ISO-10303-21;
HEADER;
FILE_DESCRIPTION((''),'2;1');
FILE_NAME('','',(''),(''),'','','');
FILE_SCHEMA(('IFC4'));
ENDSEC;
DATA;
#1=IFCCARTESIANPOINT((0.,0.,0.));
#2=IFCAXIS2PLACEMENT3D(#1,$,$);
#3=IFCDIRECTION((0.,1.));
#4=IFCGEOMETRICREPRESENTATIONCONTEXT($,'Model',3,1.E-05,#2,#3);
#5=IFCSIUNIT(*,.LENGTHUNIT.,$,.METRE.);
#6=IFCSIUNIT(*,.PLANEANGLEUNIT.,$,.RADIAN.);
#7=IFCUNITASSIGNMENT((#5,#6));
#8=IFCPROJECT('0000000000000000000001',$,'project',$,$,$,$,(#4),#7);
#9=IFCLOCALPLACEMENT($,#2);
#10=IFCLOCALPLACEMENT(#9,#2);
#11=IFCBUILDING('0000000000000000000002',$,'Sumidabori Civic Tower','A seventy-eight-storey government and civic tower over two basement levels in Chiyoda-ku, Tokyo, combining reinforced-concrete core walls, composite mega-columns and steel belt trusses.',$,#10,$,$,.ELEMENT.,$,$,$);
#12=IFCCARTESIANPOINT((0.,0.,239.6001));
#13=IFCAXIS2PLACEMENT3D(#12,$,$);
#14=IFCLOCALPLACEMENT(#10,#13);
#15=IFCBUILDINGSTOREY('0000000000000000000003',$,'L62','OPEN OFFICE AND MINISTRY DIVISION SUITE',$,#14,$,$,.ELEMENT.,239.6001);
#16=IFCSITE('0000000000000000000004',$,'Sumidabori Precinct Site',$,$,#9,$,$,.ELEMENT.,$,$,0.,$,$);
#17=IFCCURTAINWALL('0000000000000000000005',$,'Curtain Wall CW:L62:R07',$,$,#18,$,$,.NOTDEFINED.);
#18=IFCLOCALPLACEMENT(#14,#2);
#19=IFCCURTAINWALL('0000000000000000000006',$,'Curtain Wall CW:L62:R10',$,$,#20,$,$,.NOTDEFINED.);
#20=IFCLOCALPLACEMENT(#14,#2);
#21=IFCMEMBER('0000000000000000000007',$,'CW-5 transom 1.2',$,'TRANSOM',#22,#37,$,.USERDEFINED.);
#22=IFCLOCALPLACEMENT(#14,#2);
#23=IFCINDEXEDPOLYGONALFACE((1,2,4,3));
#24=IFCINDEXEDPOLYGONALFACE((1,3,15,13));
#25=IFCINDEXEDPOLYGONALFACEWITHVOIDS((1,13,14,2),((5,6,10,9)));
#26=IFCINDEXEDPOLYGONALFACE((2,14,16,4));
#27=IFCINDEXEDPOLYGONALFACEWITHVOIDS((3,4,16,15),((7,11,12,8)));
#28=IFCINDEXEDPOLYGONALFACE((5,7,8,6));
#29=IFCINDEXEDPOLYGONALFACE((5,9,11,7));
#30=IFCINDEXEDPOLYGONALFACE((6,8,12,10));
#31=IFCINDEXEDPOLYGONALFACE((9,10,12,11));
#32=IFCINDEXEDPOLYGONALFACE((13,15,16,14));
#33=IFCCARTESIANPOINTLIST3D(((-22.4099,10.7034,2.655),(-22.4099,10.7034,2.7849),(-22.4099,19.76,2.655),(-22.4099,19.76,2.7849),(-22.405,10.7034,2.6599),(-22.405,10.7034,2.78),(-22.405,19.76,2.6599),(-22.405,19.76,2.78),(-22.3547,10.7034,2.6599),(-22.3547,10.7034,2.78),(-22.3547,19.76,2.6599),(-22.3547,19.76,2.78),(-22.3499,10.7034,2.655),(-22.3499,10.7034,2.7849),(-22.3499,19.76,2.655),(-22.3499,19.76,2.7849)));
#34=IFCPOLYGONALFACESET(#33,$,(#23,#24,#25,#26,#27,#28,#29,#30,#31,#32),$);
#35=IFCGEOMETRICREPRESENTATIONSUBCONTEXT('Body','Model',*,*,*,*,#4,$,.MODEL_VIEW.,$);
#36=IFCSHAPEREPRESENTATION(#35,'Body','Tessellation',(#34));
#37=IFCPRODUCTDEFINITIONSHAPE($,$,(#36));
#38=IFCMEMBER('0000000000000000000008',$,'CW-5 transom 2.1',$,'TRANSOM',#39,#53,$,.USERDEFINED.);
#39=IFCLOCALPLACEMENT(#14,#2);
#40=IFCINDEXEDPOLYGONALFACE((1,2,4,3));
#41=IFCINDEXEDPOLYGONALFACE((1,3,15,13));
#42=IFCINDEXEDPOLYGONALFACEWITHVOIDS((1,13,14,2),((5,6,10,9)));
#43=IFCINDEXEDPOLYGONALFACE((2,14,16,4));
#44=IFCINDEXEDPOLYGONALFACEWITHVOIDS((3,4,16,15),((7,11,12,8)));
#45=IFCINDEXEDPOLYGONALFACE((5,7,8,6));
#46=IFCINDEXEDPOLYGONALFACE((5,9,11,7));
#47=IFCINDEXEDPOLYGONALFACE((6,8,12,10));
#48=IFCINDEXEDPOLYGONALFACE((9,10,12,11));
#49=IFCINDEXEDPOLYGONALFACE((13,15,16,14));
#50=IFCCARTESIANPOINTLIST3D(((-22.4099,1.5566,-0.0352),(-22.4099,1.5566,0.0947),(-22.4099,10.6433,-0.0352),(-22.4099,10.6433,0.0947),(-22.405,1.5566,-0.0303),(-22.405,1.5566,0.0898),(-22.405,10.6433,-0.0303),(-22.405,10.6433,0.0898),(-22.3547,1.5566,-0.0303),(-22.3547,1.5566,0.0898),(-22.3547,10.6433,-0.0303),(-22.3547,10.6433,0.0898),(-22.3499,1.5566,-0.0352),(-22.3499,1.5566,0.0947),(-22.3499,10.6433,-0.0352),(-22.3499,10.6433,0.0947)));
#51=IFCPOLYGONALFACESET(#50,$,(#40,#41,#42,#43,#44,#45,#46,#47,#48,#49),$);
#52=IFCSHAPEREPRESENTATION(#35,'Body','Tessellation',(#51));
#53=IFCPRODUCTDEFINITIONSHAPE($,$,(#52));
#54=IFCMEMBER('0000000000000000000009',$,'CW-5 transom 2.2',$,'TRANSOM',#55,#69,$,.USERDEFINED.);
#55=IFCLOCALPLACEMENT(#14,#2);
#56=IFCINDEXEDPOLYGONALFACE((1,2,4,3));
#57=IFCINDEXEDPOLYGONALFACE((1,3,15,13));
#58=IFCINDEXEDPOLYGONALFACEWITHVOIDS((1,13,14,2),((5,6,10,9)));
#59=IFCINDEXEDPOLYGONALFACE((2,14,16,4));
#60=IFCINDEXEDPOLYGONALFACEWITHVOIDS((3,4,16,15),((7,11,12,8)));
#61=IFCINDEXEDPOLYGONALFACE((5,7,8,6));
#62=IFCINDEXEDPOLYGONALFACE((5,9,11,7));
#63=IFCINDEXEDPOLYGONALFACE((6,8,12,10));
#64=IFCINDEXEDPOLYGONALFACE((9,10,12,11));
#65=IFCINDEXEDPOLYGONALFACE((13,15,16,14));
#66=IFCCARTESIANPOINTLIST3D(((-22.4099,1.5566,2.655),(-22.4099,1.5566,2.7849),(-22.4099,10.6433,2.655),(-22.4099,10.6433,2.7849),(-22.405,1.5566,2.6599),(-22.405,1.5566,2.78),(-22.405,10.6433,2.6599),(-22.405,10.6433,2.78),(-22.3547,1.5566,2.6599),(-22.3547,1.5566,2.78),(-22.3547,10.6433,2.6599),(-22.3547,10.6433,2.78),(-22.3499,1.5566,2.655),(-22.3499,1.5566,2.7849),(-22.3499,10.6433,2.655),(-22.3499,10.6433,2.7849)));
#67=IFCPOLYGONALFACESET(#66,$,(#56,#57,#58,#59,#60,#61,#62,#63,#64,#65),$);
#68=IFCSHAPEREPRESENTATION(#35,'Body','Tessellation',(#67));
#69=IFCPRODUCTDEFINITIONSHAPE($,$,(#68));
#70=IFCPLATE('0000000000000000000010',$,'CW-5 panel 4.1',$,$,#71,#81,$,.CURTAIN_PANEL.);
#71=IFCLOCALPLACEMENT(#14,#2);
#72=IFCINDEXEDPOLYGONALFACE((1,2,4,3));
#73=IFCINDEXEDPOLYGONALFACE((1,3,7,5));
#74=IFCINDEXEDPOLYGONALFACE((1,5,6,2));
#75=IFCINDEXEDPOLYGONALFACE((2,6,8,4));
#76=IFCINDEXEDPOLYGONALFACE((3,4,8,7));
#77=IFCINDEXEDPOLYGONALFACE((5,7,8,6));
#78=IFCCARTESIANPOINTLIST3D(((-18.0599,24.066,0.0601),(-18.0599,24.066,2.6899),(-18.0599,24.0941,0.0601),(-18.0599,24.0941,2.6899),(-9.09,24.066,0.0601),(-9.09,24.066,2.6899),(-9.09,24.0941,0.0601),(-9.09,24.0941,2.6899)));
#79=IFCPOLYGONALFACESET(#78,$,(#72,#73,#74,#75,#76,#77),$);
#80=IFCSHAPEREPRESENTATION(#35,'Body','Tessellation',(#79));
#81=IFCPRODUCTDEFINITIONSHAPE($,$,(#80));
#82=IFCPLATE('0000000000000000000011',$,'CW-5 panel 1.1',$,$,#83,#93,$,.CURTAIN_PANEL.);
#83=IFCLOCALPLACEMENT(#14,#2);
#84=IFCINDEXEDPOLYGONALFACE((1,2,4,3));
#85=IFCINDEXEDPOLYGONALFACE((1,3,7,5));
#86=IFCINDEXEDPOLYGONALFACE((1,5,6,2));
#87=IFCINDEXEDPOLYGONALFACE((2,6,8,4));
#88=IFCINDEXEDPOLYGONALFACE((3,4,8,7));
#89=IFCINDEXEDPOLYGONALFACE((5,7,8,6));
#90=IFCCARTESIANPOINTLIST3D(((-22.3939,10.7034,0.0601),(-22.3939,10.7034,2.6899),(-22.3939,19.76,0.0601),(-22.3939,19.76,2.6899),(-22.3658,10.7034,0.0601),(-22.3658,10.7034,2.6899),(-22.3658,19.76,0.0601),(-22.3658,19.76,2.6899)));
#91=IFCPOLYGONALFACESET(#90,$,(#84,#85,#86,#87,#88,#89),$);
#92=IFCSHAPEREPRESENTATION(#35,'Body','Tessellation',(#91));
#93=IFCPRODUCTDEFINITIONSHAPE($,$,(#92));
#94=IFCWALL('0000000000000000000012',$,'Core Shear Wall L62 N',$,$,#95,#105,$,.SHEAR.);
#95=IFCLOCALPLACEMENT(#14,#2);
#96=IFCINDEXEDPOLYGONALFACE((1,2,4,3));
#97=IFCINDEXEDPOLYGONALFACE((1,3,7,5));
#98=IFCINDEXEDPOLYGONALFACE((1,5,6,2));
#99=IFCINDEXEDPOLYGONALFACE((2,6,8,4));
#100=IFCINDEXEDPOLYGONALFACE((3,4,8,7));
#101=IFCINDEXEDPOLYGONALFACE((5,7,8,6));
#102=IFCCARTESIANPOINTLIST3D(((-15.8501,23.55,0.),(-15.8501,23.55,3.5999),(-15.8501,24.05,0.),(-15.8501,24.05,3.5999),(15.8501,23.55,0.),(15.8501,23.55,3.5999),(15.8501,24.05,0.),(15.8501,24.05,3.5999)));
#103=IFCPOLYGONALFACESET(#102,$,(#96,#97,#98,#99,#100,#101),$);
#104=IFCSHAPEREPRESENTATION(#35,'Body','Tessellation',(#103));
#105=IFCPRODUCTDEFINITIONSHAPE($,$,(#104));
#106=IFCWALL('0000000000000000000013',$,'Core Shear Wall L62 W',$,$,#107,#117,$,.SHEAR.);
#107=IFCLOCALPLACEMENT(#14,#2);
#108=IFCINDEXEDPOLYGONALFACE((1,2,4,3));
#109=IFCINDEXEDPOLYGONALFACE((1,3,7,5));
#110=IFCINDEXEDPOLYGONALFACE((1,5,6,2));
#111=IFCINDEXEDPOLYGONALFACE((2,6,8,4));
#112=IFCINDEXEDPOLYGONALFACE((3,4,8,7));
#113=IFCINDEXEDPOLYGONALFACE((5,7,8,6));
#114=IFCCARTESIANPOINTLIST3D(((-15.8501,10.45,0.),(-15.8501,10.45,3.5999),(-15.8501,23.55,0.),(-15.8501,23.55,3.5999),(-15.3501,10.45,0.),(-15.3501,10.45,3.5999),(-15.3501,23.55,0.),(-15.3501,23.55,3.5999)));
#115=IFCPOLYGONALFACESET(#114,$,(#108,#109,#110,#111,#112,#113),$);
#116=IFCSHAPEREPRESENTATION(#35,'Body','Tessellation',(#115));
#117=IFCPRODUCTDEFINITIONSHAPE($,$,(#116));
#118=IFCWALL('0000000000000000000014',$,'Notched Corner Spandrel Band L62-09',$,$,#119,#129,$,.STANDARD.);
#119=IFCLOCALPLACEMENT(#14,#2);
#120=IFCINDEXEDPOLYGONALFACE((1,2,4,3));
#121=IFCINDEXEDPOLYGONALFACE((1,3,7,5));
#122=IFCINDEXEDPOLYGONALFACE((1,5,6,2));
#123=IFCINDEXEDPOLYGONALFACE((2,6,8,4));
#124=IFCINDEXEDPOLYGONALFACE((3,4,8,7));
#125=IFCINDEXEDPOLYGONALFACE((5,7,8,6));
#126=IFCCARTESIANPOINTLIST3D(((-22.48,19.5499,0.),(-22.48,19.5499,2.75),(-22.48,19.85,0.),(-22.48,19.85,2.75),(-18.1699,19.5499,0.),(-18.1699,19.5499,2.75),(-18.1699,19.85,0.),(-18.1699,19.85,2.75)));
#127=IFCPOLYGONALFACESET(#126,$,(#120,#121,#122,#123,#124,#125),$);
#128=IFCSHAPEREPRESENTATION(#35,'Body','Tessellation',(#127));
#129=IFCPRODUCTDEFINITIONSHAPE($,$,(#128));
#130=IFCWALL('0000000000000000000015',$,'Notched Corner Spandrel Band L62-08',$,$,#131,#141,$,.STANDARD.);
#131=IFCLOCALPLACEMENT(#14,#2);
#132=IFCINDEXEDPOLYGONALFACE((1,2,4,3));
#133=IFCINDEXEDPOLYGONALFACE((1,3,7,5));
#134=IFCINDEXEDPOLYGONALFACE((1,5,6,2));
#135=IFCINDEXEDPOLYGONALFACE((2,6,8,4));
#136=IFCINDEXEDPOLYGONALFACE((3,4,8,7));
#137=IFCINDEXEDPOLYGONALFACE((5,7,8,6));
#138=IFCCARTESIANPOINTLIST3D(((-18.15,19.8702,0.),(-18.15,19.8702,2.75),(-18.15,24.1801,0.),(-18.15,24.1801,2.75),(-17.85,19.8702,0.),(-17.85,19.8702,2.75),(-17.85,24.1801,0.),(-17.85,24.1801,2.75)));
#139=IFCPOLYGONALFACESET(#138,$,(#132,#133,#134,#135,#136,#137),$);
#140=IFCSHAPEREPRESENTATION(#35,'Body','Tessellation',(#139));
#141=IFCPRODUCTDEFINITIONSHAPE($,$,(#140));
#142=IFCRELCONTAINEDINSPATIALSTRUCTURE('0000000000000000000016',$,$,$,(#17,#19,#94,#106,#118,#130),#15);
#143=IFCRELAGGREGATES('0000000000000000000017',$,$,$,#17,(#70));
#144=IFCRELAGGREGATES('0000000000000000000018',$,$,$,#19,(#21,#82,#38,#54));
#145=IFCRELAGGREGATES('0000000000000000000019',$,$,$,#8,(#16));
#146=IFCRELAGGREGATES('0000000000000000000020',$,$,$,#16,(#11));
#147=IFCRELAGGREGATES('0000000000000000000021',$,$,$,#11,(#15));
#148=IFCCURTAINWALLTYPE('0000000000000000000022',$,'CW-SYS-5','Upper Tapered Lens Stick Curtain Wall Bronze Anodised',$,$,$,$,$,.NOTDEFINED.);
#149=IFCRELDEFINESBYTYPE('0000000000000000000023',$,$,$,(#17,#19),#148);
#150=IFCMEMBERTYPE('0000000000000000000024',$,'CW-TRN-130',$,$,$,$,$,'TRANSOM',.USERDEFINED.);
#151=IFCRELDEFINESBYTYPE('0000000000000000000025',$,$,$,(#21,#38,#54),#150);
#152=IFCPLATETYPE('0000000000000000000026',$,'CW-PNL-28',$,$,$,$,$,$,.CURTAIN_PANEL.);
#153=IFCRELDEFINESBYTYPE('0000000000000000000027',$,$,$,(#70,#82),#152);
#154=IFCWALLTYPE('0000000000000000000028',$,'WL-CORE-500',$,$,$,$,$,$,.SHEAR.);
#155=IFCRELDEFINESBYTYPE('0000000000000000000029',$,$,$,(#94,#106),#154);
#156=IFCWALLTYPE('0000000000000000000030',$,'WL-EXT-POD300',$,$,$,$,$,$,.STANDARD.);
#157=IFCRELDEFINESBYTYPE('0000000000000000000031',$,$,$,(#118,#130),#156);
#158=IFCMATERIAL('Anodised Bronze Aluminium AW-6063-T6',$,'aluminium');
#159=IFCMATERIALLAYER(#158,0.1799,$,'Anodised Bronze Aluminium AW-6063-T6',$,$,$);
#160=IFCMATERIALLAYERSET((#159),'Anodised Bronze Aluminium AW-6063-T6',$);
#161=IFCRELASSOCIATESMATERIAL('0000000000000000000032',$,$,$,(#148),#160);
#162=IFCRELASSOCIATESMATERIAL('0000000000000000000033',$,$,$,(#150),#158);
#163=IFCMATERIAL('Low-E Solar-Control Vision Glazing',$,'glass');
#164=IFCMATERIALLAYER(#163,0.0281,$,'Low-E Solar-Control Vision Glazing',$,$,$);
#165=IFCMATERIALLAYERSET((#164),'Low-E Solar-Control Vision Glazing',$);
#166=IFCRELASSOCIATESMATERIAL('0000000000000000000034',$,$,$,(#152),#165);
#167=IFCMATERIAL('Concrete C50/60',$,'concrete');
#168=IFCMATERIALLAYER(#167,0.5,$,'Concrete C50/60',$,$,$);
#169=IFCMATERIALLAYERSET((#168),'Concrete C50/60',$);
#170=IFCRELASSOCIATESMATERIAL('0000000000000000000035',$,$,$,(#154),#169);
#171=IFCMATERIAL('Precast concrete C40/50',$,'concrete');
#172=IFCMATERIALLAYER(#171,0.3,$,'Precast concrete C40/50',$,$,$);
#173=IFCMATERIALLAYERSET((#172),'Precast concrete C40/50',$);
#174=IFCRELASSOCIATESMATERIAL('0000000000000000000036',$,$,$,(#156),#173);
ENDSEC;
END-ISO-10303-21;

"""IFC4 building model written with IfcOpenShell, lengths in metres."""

from ifc_helpers import new_model, si_unit, direction, frame, frame_2d, origin, origin_2d, place, context, subcontext, project, spatial, rectangle, hollow_rectangle, extrude, source, transform, mapped, material, layer, layer_set, material_profile, profile_set, type_object, element, aggregate, save


model = new_model("IFC4")

# Units and contexts
model_context = context("Model", 3, precision=1e-05, world=origin(), true_north=direction((0.0, 1.0)))
body_context = subcontext(model_context, "Body", "Model", "MODEL_VIEW")
ifc_project = project(units=[si_unit("LENGTHUNIT", "METRE"), si_unit("PLANEANGLEUNIT", "RADIAN")], contexts=[model_context])

# Site, building, storey
site_placement = place(None, origin())
site = spatial("IfcSite", under=ifc_project, at=site_placement, Name="Sumidabori Precinct Site", CompositionType="ELEMENT", RefElevation=0.0)
building_placement = place(site_placement, origin())
building = spatial("IfcBuilding", under=site, at=building_placement, Name="Sumidabori Civic Tower", Description="A seventy-eight-storey government and civic tower over two basement levels in Chiyoda-ku, Tokyo, combining reinforced-concrete core walls, composite mega-columns and steel belt trusses.", CompositionType="ELEMENT")
storey_placement = place(building_placement, frame((0.0, 0.0, 239.6001)))
storey = spatial("IfcBuildingStorey", under=building, at=storey_placement, Name="L62", Description="OPEN OFFICE AND MINISTRY DIVISION SUITE", CompositionType="ELEMENT", Elevation=239.6001)

# Curtain wall
ifc_material_1 = material(Name="Anodised Bronze Aluminium AW-6063-T6", Category="aluminium")
ifc_layer_1 = layer(ifc_material_1, 0.1799, Name="Anodised Bronze Aluminium AW-6063-T6")
ifc_layer_set_1 = layer_set([ifc_layer_1], Name="Anodised Bronze Aluminium AW-6063-T6")
curtain_wall_type = type_object("IfcCurtainWallType", Name="CW-SYS-5", Description="Upper Tapered Lens Stick Curtain Wall Bronze Anodised", PredefinedType="NOTDEFINED", material=ifc_layer_set_1)
curtain_wall_1_placement = place(storey_placement, origin())
curtain_wall_1 = element("IfcCurtainWall", 1, at=curtain_wall_1_placement, inside=storey, type_object=curtain_wall_type, Name="Curtain Wall CW:L62:R07", PredefinedType="NOTDEFINED")

# Curtain wall, members
curtain_wall_2_placement = place(storey_placement, origin())
curtain_wall_2 = element("IfcCurtainWall", 2, at=curtain_wall_2_placement, inside=storey, type_object=curtain_wall_type, Name="Curtain Wall CW:L62:R10", PredefinedType="NOTDEFINED")
ifc_material_profile_1 = material_profile(ifc_material_1, hollow_rectangle(XDim=0.0601, YDim=0.1299, WallThickness=0.0049, at=origin_2d()), Name="ALU TRANSOM 130x60")
ifc_profile_set_1 = profile_set([ifc_material_profile_1], Name="Anodised Bronze Aluminium AW-6063-T6")
member_type_1 = type_object("IfcMemberType", Name="CW-TRN-130", ElementType="TRANSOM", PredefinedType="USERDEFINED", material=ifc_profile_set_1)
shared_shape_1 = source(origin(), body_context, "Body", "SweptSolid", [
    extrude(hollow_rectangle(XDim=0.0601, YDim=0.1299, WallThickness=0.0049, at=origin_2d()), origin(), (0.0, 0.0, 1.0), 9.0566),
])
member_1_placement = place(storey_placement, frame((-22.3799, 19.76, 2.72), z_axis=(0.0, -1.0, 0.0), x_axis=(1.0, 0.0, 0.0)))
member_1 = element("IfcMember", 3, at=member_1_placement, type_object=member_type_1, Name="CW-5 transom 1.2", ObjectType="TRANSOM", PredefinedType="USERDEFINED", context=body_context, shape_type="MappedRepresentation", body=[
    mapped(shared_shape_1, transform((0.0, 0.0, 0.0), x_axis=(1.0, 0.0, 0.0), y_axis=(0.0, 1.0, 0.0), z_axis=(0.0, 0.0, 1.0), scale=1.0)),
])
shared_shape_2 = source(origin(), body_context, "Body", "SweptSolid", [
    extrude(hollow_rectangle(XDim=0.0601, YDim=0.1299, WallThickness=0.0049, at=origin_2d()), origin(), (0.0, 0.0, 1.0), 9.0867),
])
member_2_placement = place(storey_placement, frame((-22.3799, 10.6433, 0.0298), z_axis=(0.0, -1.0, 0.0), x_axis=(1.0, 0.0, 0.0)))
member_2 = element("IfcMember", 4, at=member_2_placement, type_object=member_type_1, Name="CW-5 transom 2.1", ObjectType="TRANSOM", PredefinedType="USERDEFINED", context=body_context, shape_type="MappedRepresentation", body=[
    mapped(shared_shape_2, transform((0.0, 0.0, 0.0), x_axis=(1.0, 0.0, 0.0), y_axis=(0.0, 1.0, 0.0), z_axis=(0.0, 0.0, 1.0), scale=1.0)),
])
member_3_placement = place(storey_placement, frame((-22.3799, 10.6433, 2.72), z_axis=(0.0, -1.0, 0.0), x_axis=(1.0, 0.0, 0.0)))
member_3 = element("IfcMember", 5, at=member_3_placement, type_object=member_type_1, Name="CW-5 transom 2.2", ObjectType="TRANSOM", PredefinedType="USERDEFINED", context=body_context, shape_type="MappedRepresentation", body=[
    mapped(shared_shape_2, transform((0.0, 0.0, 0.0), x_axis=(1.0, 0.0, 0.0), y_axis=(0.0, 1.0, 0.0), z_axis=(0.0, 0.0, 1.0), scale=1.0)),
])

# Plates
ifc_material_2 = material(Name="Low-E Solar-Control Vision Glazing", Category="glass")
ifc_layer_2 = layer(ifc_material_2, 0.0281, Name="Low-E Solar-Control Vision Glazing")
ifc_layer_set_2 = layer_set([ifc_layer_2], Name="Low-E Solar-Control Vision Glazing")
plate_type = type_object("IfcPlateType", Name="CW-PNL-28", PredefinedType="CURTAIN_PANEL", material=ifc_layer_set_2)
shared_shape_3 = source(origin(), body_context, "Body", "SweptSolid", [
    extrude(rectangle(XDim=8.97, YDim=0.0281, at=origin_2d()), origin(), (0.0, 0.0, 1.0), 2.6299),
])
plate_1_placement = place(storey_placement, frame((-13.575, 24.0801, 0.0601), z_axis=(0.0, 0.0, 1.0), x_axis=(-1.0, 0.0, 0.0)))
plate_1 = element("IfcPlate", 6, at=plate_1_placement, type_object=plate_type, Name="CW-5 panel 4.1", PredefinedType="CURTAIN_PANEL", context=body_context, shape_type="MappedRepresentation", body=[
    mapped(shared_shape_3, transform((0.0, 0.0, 0.0), x_axis=(1.0, 0.0, 0.0), y_axis=(0.0, 1.0, 0.0), z_axis=(0.0, 0.0, 1.0), scale=1.0)),
])
aggregate(curtain_wall_1, [plate_1])
shared_shape_4 = source(origin(), body_context, "Body", "SweptSolid", [
    extrude(rectangle(XDim=9.0566, YDim=0.0281, at=origin_2d()), origin(), (0.0, 0.0, 1.0), 2.6299),
])
plate_2_placement = place(storey_placement, frame((-22.3799, 15.2317, 0.0601), z_axis=(0.0, 0.0, 1.0), x_axis=(0.0, -1.0, 0.0)))
plate_2 = element("IfcPlate", 7, at=plate_2_placement, type_object=plate_type, Name="CW-5 panel 1.1", PredefinedType="CURTAIN_PANEL", context=body_context, shape_type="MappedRepresentation", body=[
    mapped(shared_shape_4, transform((0.0, 0.0, 0.0), x_axis=(1.0, 0.0, 0.0), y_axis=(0.0, 1.0, 0.0), z_axis=(0.0, 0.0, 1.0), scale=1.0)),
])
aggregate(curtain_wall_2, [member_1, plate_2, member_2, member_3])

# Wall
ifc_material_3 = material(Name="Concrete C50/60", Category="concrete")
ifc_layer_3 = layer(ifc_material_3, 0.5, Name="Concrete C50/60")
ifc_layer_set_3 = layer_set([ifc_layer_3], Name="Concrete C50/60")
wall_type_1 = type_object("IfcWallType", Name="WL-CORE-500", PredefinedType="SHEAR", material=ifc_layer_set_3)
shared_shape_5 = source(origin(), body_context, "Body", "SweptSolid", [
    extrude(rectangle(XDim=31.7002, YDim=0.5, at=frame_2d((15.8501, 0.0))), origin(), (0.0, 0.0, 1.0), 3.5999),
])
wall_1_placement = place(storey_placement, frame((-15.8501, 23.8, 0.0), z_axis=(0.0, 0.0, 1.0), x_axis=(1.0, 0.0, 0.0)))
element("IfcWall", 8, at=wall_1_placement, inside=storey, type_object=wall_type_1, Name="Core Shear Wall L62 N", PredefinedType="SHEAR", context=body_context, shape_type="MappedRepresentation", body=[
    mapped(shared_shape_5, transform((0.0, 0.0, 0.0), x_axis=(1.0, 0.0, 0.0), y_axis=(0.0, 1.0, 0.0), z_axis=(0.0, 0.0, 1.0), scale=1.0)),
])

# Wall
shared_shape_6 = source(origin(), body_context, "Body", "SweptSolid", [
    extrude(rectangle(XDim=13.1001, YDim=0.5, at=frame_2d((6.55, 0.0))), origin(), (0.0, 0.0, 1.0), 3.5999),
])
wall_2_placement = place(storey_placement, frame((-15.6001, 10.45, 0.0), z_axis=(0.0, 0.0, 1.0), x_axis=(0.0, 1.0, 0.0)))
element("IfcWall", 9, at=wall_2_placement, inside=storey, type_object=wall_type_1, Name="Core Shear Wall L62 W", PredefinedType="SHEAR", context=body_context, shape_type="MappedRepresentation", body=[
    mapped(shared_shape_6, transform((0.0, 0.0, 0.0), x_axis=(1.0, 0.0, 0.0), y_axis=(0.0, 1.0, 0.0), z_axis=(0.0, 0.0, 1.0), scale=1.0)),
])

# Walls
ifc_material_4 = material(Name="Precast concrete C40/50", Category="concrete")
ifc_layer_4 = layer(ifc_material_4, 0.3, Name="Precast concrete C40/50")
ifc_layer_set_4 = layer_set([ifc_layer_4], Name="Precast concrete C40/50")
wall_type_2 = type_object("IfcWallType", Name="WL-EXT-POD300", PredefinedType="STANDARD", material=ifc_layer_set_4)
shared_shape_7 = source(origin(), body_context, "Body", "SweptSolid", [
    extrude(rectangle(XDim=4.3101, YDim=0.3, at=frame_2d((2.155, 0.0))), origin(), (0.0, 0.0, 1.0), 2.75),
])
wall_3_placement = place(storey_placement, frame((-18.1699, 19.7, 0.0), z_axis=(0.0, 0.0, 1.0), x_axis=(-1.0, 0.0, 0.0)))
element("IfcWall", 10, at=wall_3_placement, inside=storey, type_object=wall_type_2, Name="Notched Corner Spandrel Band L62-09", PredefinedType="STANDARD", context=body_context, shape_type="MappedRepresentation", body=[
    mapped(shared_shape_7, transform((0.0, 0.0, 0.0), x_axis=(1.0, 0.0, 0.0), y_axis=(0.0, 1.0, 0.0), z_axis=(0.0, 0.0, 1.0), scale=1.0)),
])
shared_shape_8 = source(origin(), body_context, "Body", "SweptSolid", [
    extrude(rectangle(XDim=4.3098, YDim=0.3, at=frame_2d((2.1548, 0.0))), origin(), (0.0, 0.0, 1.0), 2.75),
])
wall_4_placement = place(storey_placement, frame((-18.0, 24.1799, 0.0), z_axis=(0.0, 0.0, 1.0), x_axis=(0.0, -1.0, 0.0)))
element("IfcWall", 11, at=wall_4_placement, inside=storey, type_object=wall_type_2, Name="Notched Corner Spandrel Band L62-08", PredefinedType="STANDARD", context=body_context, shape_type="MappedRepresentation", body=[
    mapped(shared_shape_8, transform((0.0, 0.0, 0.0), x_axis=(1.0, 0.0, 0.0), y_axis=(0.0, 1.0, 0.0), z_axis=(0.0, 0.0, 1.0), scale=1.0)),
])

save(model, "model.ifc")
